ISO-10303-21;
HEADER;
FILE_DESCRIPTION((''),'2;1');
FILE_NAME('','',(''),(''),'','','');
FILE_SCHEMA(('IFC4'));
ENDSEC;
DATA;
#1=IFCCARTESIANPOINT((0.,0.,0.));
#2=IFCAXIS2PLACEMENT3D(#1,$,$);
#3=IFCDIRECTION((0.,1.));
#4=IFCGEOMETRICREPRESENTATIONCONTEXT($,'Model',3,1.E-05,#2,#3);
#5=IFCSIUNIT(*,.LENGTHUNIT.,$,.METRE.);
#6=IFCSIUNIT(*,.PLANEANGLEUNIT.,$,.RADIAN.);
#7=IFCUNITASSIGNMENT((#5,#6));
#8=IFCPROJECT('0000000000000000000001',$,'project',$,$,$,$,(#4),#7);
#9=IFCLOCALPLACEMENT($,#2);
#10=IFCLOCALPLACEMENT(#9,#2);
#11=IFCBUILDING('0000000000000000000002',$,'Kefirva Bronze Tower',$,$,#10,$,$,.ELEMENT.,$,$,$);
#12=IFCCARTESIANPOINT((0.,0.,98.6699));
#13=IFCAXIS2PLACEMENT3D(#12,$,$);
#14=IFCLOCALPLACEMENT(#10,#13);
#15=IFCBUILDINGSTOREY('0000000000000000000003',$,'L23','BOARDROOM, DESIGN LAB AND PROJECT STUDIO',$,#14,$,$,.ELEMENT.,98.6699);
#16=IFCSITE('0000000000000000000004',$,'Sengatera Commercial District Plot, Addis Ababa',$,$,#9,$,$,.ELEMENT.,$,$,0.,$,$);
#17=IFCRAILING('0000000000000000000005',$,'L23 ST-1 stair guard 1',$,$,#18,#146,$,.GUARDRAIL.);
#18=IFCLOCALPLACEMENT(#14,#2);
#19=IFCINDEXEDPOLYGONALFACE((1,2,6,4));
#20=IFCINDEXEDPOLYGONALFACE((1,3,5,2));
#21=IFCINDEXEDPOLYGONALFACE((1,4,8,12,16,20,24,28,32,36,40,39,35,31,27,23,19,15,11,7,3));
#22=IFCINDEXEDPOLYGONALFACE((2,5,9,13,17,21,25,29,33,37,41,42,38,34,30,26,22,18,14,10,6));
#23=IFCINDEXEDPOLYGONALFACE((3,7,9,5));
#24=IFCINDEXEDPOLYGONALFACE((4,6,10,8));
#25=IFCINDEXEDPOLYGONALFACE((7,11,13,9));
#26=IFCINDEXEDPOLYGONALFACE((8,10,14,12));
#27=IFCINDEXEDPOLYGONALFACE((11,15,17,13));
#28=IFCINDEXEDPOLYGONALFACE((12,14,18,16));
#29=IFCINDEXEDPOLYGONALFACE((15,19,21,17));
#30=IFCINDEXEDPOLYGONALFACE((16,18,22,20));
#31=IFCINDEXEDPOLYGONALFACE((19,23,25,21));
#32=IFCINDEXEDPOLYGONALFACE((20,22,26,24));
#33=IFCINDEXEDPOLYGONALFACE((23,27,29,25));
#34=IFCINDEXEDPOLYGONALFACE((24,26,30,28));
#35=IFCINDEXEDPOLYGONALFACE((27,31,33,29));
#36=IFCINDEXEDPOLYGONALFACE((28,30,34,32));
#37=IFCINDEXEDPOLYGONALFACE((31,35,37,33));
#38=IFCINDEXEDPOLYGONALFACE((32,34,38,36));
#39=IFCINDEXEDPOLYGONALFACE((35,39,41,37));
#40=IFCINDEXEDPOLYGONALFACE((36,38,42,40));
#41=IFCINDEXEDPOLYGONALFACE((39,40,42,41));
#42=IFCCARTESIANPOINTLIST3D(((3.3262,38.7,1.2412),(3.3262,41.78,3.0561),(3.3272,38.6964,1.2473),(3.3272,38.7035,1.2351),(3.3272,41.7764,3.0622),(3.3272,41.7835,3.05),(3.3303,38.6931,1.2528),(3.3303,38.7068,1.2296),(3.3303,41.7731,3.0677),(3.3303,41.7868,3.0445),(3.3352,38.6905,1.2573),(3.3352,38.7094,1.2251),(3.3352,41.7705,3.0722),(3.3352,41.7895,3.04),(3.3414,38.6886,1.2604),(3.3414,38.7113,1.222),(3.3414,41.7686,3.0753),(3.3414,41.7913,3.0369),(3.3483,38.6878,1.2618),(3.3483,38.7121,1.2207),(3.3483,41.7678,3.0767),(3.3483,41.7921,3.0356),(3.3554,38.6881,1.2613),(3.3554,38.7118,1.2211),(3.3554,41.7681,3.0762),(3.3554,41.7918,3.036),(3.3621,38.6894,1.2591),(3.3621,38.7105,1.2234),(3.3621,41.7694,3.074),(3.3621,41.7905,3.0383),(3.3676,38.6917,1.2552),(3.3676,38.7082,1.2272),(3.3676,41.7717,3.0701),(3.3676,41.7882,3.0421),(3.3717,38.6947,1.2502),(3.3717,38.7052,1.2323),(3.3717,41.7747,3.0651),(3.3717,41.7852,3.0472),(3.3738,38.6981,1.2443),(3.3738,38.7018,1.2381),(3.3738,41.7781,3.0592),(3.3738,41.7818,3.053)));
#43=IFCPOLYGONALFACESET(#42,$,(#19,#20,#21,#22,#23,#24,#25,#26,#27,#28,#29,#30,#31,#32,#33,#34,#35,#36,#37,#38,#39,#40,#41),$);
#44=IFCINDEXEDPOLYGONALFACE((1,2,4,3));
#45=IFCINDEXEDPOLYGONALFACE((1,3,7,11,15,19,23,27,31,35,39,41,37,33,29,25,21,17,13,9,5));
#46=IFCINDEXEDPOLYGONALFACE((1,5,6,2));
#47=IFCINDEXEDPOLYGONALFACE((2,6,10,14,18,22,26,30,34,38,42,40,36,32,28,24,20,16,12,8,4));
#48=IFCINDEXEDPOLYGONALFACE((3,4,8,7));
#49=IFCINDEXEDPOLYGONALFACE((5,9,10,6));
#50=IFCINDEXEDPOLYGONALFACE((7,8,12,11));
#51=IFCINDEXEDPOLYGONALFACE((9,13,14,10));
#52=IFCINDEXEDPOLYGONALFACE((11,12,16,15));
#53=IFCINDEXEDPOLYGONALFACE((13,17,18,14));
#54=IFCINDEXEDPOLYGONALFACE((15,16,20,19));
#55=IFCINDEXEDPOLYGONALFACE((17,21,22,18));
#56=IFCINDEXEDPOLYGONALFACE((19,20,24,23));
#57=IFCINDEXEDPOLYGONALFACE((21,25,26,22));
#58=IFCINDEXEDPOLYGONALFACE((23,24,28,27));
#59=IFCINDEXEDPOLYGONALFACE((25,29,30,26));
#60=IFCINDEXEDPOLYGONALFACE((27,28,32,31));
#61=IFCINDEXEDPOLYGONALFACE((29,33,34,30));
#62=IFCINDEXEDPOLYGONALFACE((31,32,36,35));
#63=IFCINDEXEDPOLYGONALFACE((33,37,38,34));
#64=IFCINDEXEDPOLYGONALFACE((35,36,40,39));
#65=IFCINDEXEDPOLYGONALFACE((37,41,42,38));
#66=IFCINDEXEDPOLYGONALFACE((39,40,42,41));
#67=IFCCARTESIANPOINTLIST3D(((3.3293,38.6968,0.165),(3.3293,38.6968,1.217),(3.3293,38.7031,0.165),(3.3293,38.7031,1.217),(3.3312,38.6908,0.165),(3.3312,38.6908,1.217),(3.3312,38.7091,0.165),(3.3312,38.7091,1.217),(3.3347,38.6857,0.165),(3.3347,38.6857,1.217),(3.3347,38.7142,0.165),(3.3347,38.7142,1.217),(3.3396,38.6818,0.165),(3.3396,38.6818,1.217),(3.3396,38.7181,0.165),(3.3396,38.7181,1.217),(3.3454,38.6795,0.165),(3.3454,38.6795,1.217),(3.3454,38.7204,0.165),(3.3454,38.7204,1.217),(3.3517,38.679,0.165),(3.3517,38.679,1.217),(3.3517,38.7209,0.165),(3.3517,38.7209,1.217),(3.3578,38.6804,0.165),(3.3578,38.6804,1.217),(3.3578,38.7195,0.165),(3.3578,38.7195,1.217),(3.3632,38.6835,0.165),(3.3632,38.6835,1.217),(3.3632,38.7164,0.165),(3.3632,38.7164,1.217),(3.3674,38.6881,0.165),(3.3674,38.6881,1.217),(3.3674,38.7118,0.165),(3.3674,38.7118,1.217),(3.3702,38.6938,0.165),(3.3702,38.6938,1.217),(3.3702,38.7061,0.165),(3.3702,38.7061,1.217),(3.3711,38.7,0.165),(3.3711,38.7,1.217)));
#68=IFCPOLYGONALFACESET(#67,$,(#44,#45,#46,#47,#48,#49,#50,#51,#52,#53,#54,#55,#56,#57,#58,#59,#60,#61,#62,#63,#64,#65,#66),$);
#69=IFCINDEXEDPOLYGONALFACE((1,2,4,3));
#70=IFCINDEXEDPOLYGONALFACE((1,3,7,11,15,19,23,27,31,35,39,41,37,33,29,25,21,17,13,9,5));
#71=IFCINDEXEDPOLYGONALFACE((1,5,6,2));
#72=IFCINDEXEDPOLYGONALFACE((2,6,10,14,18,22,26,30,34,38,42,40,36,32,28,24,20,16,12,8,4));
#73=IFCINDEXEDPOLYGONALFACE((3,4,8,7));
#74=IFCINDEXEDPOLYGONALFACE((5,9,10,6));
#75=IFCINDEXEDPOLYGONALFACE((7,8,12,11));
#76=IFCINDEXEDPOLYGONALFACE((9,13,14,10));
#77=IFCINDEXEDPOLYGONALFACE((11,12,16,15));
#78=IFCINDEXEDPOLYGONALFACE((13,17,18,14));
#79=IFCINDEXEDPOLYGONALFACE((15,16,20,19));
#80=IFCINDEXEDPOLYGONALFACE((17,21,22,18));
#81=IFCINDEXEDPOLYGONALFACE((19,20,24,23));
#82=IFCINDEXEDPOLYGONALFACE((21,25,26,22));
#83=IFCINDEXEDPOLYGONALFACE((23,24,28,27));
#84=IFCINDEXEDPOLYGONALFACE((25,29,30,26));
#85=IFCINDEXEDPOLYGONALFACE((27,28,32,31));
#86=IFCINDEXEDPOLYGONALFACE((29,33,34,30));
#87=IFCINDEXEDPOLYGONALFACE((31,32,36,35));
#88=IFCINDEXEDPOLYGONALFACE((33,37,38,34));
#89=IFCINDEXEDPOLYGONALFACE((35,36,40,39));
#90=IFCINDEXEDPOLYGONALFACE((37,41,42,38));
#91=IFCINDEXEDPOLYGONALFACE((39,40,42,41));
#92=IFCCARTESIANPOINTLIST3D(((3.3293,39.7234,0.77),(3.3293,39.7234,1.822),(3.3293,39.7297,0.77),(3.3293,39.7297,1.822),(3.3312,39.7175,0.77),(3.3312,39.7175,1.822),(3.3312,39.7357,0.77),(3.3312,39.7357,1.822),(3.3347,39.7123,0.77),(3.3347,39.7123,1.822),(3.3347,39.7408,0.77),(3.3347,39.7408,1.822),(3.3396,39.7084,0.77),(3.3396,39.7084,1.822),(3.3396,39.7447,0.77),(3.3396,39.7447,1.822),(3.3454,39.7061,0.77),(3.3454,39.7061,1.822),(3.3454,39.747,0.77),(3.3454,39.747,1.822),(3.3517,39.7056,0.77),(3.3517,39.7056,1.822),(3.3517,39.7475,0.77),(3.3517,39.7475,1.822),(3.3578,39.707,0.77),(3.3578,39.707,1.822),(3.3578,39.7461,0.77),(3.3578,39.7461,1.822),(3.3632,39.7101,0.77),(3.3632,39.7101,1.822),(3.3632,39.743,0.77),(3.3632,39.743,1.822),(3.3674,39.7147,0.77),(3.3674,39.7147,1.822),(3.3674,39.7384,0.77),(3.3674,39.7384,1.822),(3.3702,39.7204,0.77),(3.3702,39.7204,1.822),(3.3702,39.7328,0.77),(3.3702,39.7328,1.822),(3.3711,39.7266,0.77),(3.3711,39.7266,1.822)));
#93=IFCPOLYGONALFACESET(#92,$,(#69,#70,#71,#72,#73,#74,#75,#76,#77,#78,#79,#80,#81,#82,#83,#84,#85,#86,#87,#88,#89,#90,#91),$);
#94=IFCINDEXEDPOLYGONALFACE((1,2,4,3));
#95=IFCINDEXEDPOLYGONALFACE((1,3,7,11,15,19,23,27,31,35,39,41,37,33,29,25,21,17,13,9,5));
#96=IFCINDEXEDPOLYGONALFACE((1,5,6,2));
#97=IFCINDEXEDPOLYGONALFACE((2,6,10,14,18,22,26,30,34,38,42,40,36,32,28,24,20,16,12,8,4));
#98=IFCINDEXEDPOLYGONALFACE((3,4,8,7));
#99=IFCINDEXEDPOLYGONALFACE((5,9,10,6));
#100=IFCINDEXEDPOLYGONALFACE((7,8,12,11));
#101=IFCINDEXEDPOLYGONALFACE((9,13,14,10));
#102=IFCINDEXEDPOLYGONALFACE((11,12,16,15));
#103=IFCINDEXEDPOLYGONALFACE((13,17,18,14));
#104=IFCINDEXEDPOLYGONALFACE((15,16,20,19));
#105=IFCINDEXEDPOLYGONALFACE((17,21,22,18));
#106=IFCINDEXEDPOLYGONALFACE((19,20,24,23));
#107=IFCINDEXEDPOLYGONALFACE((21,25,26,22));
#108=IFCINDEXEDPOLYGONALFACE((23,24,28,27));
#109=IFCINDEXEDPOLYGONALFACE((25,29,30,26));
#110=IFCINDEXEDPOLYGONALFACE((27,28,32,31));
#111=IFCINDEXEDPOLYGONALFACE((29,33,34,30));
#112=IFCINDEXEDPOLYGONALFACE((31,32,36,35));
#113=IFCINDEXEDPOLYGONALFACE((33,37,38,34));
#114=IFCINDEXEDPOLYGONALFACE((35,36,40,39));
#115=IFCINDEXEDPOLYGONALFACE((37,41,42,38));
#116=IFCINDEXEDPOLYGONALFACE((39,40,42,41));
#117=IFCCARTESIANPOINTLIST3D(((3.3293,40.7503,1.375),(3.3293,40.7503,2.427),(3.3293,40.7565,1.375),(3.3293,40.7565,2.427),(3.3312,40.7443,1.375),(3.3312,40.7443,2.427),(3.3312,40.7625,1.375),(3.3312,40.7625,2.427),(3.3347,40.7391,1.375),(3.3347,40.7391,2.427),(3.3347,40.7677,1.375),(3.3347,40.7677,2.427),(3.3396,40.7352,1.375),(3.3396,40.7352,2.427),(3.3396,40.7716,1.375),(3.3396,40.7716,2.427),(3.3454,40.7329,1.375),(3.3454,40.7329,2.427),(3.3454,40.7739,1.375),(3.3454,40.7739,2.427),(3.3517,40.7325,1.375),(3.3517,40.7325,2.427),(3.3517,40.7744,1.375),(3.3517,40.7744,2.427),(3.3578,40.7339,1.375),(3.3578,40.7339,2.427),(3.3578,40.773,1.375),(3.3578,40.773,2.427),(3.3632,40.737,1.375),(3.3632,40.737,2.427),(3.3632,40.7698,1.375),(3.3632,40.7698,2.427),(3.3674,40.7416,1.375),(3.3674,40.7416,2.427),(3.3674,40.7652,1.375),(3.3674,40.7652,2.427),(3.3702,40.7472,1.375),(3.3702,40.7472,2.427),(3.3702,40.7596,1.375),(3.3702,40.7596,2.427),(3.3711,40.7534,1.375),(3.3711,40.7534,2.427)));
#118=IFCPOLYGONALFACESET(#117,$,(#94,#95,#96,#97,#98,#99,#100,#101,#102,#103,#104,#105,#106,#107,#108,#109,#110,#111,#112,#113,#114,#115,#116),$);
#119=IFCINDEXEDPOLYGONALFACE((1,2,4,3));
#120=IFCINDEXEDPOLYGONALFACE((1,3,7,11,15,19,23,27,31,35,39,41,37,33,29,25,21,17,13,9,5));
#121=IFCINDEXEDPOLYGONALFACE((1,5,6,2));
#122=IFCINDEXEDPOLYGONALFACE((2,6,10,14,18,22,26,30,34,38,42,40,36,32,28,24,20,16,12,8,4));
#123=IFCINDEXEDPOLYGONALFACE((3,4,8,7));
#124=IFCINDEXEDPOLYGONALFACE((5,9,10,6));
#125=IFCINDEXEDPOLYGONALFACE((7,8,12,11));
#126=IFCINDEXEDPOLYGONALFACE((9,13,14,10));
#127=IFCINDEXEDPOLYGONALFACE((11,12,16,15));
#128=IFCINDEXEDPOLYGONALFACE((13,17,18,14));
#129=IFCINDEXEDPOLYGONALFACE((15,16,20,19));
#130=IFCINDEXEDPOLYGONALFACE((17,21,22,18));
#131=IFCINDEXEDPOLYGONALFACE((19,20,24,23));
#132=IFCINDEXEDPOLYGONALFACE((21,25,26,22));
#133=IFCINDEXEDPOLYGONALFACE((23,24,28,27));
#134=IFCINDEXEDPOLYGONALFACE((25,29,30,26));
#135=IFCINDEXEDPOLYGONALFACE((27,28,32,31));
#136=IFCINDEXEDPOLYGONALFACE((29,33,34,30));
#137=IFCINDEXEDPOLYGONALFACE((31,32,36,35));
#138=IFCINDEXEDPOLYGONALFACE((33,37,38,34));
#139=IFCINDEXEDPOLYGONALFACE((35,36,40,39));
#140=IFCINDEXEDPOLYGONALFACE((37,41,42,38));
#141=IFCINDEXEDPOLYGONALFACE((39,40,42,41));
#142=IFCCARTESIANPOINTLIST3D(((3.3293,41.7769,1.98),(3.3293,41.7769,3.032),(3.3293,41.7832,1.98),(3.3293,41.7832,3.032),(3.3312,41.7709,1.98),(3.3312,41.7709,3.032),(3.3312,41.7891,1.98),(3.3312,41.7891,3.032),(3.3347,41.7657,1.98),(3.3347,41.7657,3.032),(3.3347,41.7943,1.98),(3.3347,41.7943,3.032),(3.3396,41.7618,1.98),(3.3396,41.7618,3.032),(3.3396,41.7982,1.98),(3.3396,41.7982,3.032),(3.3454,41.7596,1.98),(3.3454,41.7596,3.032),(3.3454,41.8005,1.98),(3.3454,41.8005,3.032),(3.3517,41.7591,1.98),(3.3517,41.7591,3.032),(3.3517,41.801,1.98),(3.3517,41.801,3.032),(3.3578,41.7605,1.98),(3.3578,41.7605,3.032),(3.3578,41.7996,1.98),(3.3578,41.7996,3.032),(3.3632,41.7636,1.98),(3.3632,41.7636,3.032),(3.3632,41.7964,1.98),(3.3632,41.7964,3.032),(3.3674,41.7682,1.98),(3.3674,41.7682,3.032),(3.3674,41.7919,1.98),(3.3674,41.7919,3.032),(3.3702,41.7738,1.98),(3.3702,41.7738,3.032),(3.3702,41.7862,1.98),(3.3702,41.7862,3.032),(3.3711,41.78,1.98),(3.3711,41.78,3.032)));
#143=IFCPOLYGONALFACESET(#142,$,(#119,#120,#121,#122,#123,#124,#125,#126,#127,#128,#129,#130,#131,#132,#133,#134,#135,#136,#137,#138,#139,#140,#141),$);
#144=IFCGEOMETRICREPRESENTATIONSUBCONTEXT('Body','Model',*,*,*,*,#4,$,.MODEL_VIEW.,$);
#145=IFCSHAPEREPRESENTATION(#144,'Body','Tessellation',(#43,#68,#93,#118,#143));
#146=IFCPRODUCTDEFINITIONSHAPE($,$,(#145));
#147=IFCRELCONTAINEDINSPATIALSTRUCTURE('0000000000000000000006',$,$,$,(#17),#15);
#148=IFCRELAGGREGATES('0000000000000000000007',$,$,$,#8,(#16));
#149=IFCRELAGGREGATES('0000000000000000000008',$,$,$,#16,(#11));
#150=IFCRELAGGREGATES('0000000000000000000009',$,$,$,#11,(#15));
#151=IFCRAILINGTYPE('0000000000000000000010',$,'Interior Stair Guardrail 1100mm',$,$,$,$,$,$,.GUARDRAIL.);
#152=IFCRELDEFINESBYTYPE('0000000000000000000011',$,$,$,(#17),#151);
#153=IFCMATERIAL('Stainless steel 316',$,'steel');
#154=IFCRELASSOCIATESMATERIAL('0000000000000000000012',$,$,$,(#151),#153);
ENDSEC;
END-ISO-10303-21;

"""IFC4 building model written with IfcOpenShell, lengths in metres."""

from ifc_helpers import new_model, si_unit, direction, frame, origin, origin_2d, place, context, subcontext, project, spatial, circle, extrude, material, type_object, element, save


model = new_model("IFC4")

# Units and contexts
model_context = context("Model", 3, precision=1e-05, world=origin(), true_north=direction((0.0, 1.0)))
body_context = subcontext(model_context, "Body", "Model", "MODEL_VIEW")
ifc_project = project(units=[si_unit("LENGTHUNIT", "METRE"), si_unit("PLANEANGLEUNIT", "RADIAN")], contexts=[model_context])

# Site, building, storey
site_placement = place(None, origin())
site = spatial("IfcSite", under=ifc_project, at=site_placement, Name="Sengatera Commercial District Plot, Addis Ababa", CompositionType="ELEMENT", RefElevation=0.0)
building_placement = place(site_placement, origin())
building = spatial("IfcBuilding", under=site, at=building_placement, Name="Kefirva Bronze Tower", CompositionType="ELEMENT")
storey_placement = place(building_placement, frame((0.0, 0.0, 98.6699)))
storey = spatial("IfcBuildingStorey", under=building, at=storey_placement, Name="L23", Description="BOARDROOM, DESIGN LAB AND PROJECT STUDIO", CompositionType="ELEMENT", Elevation=98.6699)

# Railing
ifc_material_1 = material(Name="Stainless steel 316", Category="steel")
railing_type_1 = type_object("IfcRailingType", Name="Interior Stair Guardrail 1100mm", PredefinedType="GUARDRAIL", material=ifc_material_1)
railing_1_placement = place(storey_placement, frame((3.3501, 38.7, 0.165)))
element("IfcRailing", 1, at=railing_1_placement, inside=storey, type_object=railing_type_1, Name="L23 ST-1 stair guard 1", PredefinedType="GUARDRAIL", context=body_context, shape_type="SweptSolid", body=[
    extrude(circle(Radius=0.0239, at=origin_2d()), frame((0.0, 0.0, 1.0762), z_axis=(0.0, 0.861551, 0.507671), x_axis=(-1.0, 0.0, 0.0)), (0.0, 0.0, 1.0), 3.575),
    extrude(circle(Radius=0.021, at=origin_2d()), origin(), (0.0, 0.0, 1.0), 1.052),
    extrude(circle(Radius=0.021, at=origin_2d()), frame((0.0, 1.0266, 0.605)), (0.0, 0.0, 1.0), 1.052),
    extrude(circle(Radius=0.021, at=origin_2d()), frame((0.0, 2.0535, 1.21)), (0.0, 0.0, 1.0), 1.052),
    extrude(circle(Radius=0.021, at=origin_2d()), frame((0.0, 3.0801, 1.8149)), (0.0, 0.0, 1.0), 1.052),
])

save(model, "model.ifc")
